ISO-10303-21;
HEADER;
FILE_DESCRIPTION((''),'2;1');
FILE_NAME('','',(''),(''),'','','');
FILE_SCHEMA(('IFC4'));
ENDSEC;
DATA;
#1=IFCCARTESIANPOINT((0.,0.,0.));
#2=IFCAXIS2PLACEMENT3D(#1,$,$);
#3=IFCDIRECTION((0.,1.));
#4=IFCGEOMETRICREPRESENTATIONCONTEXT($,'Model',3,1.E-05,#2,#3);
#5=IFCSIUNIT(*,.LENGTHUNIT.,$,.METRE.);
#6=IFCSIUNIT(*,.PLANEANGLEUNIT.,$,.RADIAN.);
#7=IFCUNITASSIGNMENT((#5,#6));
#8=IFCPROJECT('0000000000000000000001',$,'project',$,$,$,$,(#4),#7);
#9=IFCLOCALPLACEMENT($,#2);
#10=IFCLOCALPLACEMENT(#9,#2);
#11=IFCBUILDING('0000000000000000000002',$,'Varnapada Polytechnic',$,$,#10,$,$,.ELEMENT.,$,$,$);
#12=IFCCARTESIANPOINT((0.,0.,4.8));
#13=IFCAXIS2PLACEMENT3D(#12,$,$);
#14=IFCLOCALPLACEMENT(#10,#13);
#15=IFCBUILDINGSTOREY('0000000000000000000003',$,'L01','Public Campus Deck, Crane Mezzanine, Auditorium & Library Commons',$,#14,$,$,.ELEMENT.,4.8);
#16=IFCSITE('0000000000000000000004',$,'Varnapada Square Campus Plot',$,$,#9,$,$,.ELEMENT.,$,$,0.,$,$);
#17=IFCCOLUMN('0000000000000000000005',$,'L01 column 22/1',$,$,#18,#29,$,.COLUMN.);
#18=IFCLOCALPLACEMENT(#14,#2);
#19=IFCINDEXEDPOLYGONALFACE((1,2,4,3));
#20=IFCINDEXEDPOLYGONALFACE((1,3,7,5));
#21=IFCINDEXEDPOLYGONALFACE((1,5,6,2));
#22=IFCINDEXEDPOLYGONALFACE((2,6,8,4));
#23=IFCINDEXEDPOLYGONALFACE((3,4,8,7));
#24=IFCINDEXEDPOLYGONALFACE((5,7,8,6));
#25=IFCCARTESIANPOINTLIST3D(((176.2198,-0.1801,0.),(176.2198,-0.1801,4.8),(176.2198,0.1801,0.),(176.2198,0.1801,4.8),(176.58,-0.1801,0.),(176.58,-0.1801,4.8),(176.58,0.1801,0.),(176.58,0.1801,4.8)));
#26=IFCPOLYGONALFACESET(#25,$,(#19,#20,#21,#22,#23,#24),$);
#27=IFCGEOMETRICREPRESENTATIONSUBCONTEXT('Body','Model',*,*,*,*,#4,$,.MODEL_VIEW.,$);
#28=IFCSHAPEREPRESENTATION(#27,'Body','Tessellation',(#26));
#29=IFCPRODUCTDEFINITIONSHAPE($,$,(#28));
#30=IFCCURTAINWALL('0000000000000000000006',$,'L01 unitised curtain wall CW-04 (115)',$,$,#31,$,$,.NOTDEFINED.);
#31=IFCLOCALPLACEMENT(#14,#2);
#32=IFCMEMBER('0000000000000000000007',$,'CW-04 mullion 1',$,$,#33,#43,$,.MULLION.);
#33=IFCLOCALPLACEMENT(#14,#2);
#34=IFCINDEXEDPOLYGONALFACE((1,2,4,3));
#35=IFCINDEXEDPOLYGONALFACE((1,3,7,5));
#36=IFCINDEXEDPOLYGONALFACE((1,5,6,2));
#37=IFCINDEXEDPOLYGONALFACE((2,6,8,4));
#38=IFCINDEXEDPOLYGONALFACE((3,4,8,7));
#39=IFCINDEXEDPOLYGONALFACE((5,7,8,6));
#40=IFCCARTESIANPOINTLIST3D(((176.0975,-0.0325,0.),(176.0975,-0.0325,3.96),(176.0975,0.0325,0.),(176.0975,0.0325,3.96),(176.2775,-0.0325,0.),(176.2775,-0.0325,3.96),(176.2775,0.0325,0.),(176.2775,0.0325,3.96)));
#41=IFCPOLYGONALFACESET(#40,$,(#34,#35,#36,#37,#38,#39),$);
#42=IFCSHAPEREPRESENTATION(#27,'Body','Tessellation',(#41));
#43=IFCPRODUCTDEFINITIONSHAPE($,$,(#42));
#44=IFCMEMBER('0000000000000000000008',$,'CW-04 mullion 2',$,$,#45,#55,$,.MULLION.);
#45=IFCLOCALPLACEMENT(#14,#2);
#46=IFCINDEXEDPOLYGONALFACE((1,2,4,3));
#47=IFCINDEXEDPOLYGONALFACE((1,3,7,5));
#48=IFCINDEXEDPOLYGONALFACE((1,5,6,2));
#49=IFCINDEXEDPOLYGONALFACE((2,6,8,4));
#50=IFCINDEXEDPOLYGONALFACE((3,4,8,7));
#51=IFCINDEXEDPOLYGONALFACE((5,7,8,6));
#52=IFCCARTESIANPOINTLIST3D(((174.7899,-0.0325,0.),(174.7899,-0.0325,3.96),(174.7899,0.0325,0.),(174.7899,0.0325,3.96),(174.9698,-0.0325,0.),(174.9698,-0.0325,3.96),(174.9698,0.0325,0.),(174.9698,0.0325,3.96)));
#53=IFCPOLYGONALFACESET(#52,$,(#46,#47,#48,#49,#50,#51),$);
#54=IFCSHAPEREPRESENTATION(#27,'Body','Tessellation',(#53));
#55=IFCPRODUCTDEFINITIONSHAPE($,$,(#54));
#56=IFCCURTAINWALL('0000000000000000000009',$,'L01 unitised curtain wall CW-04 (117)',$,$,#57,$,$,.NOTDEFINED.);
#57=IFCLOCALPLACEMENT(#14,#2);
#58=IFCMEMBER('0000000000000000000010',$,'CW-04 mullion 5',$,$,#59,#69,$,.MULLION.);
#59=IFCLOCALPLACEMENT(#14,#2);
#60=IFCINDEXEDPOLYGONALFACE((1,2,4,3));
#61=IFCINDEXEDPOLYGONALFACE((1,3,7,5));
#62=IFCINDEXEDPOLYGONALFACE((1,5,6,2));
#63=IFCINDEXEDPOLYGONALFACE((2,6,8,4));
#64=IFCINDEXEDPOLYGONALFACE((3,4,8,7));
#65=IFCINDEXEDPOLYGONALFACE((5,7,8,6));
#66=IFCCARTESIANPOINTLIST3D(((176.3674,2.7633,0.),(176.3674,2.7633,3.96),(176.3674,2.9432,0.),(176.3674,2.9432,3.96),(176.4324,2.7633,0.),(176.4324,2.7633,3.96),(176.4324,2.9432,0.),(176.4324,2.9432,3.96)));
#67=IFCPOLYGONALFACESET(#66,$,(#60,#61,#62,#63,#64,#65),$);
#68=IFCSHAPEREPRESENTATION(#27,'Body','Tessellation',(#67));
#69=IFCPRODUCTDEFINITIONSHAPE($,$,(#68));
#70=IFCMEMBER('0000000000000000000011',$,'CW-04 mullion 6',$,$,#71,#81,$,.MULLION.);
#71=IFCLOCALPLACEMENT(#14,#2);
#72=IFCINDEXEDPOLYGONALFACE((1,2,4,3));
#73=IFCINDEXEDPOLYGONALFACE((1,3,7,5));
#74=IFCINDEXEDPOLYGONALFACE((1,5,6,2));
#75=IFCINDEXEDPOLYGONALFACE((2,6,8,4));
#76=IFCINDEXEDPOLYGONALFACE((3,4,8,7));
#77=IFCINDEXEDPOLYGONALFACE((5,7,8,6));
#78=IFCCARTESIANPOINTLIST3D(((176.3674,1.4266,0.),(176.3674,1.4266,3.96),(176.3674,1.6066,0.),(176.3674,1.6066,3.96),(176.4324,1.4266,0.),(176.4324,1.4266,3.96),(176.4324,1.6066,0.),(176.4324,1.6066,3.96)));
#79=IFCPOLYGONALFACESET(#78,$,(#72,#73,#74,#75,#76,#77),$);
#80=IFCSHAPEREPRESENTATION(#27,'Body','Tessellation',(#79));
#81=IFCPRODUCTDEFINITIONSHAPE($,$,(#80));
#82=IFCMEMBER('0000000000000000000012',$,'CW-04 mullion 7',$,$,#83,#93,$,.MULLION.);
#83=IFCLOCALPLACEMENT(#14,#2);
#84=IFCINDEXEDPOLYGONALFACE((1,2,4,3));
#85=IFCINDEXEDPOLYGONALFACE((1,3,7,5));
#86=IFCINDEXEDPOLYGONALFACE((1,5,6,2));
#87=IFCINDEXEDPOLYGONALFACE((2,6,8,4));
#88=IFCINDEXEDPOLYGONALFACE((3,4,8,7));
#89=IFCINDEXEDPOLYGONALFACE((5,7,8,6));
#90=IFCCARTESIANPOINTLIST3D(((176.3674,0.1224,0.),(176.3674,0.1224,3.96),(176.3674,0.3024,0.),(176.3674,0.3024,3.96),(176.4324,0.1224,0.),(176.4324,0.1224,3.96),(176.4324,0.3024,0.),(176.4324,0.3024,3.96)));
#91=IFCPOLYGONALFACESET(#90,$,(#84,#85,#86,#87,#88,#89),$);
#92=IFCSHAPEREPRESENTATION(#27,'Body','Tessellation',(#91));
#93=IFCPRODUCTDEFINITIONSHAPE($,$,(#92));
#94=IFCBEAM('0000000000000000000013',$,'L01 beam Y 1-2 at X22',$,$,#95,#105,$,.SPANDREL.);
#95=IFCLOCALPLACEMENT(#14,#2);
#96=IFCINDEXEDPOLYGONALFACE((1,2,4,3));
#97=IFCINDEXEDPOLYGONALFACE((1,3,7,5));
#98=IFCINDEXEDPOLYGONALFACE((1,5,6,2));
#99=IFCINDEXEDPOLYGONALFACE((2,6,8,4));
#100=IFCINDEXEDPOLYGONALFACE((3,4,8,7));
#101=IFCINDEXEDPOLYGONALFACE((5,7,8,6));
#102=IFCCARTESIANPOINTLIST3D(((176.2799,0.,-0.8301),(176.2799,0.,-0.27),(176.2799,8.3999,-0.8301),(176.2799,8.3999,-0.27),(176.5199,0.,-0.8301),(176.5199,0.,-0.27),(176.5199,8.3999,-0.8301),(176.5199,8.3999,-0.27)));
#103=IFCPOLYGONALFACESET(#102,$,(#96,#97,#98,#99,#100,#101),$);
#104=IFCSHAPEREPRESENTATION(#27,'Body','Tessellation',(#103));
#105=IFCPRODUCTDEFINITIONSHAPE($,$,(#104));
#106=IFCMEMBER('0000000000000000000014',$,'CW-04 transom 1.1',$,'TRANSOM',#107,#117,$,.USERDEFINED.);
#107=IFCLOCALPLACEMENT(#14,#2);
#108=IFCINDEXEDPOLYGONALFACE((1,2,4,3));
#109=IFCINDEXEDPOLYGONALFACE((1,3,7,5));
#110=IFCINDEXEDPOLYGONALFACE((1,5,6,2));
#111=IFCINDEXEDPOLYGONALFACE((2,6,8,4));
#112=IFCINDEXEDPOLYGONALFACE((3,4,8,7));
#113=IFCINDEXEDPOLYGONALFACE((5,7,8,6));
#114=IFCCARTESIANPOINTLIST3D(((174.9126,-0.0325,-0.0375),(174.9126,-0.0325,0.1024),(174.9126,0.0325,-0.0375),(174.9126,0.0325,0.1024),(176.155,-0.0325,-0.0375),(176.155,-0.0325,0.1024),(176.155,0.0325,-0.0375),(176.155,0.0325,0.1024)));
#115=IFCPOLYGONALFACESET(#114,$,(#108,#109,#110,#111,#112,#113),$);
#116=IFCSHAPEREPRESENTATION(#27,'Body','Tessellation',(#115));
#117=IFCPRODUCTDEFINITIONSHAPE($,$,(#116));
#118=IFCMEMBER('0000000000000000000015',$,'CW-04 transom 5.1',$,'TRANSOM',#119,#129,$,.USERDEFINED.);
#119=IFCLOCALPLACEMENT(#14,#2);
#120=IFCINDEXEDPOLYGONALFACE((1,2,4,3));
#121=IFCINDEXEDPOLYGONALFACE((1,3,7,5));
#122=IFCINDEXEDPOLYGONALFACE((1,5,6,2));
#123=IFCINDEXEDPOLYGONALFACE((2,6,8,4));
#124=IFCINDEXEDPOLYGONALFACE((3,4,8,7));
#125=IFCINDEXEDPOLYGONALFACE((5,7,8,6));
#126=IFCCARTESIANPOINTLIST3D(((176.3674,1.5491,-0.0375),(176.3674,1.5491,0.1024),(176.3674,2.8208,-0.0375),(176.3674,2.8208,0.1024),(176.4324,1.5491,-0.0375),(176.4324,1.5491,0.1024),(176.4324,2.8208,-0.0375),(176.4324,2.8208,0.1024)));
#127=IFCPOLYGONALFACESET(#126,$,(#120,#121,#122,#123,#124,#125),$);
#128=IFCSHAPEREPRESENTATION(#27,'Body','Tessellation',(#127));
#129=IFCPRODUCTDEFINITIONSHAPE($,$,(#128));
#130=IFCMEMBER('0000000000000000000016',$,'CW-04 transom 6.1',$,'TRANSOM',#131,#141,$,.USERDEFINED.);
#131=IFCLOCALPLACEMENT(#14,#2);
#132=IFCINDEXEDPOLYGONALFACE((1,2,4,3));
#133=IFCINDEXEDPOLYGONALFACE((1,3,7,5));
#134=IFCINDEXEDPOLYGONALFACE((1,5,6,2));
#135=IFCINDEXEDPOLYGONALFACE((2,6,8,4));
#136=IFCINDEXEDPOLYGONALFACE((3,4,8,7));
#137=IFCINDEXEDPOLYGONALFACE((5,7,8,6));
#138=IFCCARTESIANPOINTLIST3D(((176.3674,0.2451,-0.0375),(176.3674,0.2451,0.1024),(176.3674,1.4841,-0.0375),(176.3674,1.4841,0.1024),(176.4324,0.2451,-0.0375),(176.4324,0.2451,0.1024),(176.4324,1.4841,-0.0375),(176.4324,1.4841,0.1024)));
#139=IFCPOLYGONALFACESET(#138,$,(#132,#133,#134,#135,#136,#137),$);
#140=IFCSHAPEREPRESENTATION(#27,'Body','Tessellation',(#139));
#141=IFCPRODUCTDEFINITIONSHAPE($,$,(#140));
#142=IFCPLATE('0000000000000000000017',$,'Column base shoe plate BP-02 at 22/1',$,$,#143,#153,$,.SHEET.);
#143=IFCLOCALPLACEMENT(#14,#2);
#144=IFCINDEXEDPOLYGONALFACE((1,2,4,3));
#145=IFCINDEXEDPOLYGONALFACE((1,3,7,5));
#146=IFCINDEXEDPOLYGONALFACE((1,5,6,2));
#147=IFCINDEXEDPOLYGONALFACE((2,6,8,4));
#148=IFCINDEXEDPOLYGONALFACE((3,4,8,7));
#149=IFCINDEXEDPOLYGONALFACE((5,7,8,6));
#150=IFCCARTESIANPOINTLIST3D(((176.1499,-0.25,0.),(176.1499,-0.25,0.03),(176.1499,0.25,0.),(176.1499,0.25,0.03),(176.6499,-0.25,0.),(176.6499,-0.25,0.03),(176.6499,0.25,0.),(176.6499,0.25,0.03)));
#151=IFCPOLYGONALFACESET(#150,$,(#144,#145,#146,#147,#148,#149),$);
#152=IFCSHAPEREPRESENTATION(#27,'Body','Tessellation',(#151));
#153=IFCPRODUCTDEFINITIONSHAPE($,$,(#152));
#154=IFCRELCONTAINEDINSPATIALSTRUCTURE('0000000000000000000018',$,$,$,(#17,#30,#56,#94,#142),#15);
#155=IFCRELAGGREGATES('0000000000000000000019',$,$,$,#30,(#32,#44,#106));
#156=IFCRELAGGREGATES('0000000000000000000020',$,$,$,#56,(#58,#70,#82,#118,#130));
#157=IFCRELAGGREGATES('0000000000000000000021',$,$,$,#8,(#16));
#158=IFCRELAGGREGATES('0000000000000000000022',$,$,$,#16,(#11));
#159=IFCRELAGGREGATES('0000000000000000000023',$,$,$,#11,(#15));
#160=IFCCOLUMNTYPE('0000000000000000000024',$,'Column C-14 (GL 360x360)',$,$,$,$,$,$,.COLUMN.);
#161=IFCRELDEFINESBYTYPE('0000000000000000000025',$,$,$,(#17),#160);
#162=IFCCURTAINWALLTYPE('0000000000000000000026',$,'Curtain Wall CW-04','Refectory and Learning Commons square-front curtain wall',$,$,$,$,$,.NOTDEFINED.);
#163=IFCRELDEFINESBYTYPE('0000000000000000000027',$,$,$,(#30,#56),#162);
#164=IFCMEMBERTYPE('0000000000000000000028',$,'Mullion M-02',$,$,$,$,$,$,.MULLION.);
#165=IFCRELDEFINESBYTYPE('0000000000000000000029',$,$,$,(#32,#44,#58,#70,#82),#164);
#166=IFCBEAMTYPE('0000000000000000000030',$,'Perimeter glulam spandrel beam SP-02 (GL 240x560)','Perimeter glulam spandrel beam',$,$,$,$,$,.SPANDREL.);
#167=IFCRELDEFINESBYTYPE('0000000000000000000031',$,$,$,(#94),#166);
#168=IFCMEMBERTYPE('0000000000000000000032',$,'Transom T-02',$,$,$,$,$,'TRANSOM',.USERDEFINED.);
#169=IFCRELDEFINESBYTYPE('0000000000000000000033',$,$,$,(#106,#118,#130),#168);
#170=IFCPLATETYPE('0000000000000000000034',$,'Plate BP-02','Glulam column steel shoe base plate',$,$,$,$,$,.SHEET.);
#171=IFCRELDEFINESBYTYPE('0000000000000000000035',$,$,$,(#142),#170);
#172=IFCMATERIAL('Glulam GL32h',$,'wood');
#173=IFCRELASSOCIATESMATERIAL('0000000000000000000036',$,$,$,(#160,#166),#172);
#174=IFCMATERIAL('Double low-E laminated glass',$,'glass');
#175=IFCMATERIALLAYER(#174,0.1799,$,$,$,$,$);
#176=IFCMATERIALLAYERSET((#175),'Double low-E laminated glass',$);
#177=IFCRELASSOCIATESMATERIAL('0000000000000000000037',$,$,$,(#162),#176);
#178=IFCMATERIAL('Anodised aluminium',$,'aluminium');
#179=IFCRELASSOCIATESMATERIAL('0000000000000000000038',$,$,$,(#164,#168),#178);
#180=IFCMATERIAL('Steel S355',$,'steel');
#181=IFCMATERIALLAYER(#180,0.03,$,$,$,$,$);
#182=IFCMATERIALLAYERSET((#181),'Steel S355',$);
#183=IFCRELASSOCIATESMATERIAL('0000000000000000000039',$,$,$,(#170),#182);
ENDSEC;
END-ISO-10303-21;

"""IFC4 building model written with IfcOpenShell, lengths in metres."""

from ifc_helpers import new_model, si_unit, direction, frame, origin, origin_2d, place, context, subcontext, project, spatial, rectangle, extrude, material, layer, layer_set, material_profile, profile_set, type_object, element, aggregate, save


model = new_model("IFC4")

# Units and contexts
model_context = context("Model", 3, precision=1e-05, world=origin(), true_north=direction((0.0, 1.0)))
body_context = subcontext(model_context, "Body", "Model", "MODEL_VIEW")
ifc_project = project(units=[si_unit("LENGTHUNIT", "METRE"), si_unit("PLANEANGLEUNIT", "RADIAN")], contexts=[model_context])

# Site, building, storey
site_placement = place(None, origin())
site = spatial("IfcSite", under=ifc_project, at=site_placement, Name="Varnapada Square Campus Plot", CompositionType="ELEMENT", RefElevation=0.0)
building_placement = place(site_placement, origin())
building = spatial("IfcBuilding", under=site, at=building_placement, Name="Varnapada Polytechnic", CompositionType="ELEMENT")
storey_placement = place(building_placement, frame((0.0, 0.0, 4.8)))
storey = spatial("IfcBuildingStorey", under=building, at=storey_placement, Name="L01", Description="Public Campus Deck, Crane Mezzanine, Auditorium & Library Commons", CompositionType="ELEMENT", Elevation=4.8)

# Column
ifc_material_1 = material(Name="Glulam GL32h", Category="wood")
ifc_material_profile_1 = material_profile(ifc_material_1, rectangle(XDim=0.3601, YDim=0.3601, at=origin_2d()), Name="GL 360x360")
ifc_profile_set_1 = profile_set([ifc_material_profile_1], Name="Glulam GL32h")
column_type = type_object("IfcColumnType", Name="Column C-14 (GL 360x360)", PredefinedType="COLUMN", material=ifc_profile_set_1)
column_placement = place(storey_placement, frame((176.3999, 0.0, 0.0), z_axis=(0.0, 0.0, 1.0), x_axis=(1.0, 0.0, 0.0)))
element("IfcColumn", 1, at=column_placement, inside=storey, type_object=column_type, Name="L01 column 22/1", PredefinedType="COLUMN", context=body_context, shape_type="SweptSolid", body=[
    extrude(rectangle(XDim=0.3601, YDim=0.3601, at=origin_2d()), origin(), (0.0, 0.0, 1.0), 4.8),
])

# Curtain walls, members
ifc_material_2 = material(Name="Double low-E laminated glass", Category="glass")
ifc_layer_1 = layer(ifc_material_2, 0.1799)
ifc_layer_set_1 = layer_set([ifc_layer_1], Name="Double low-E laminated glass")
curtain_wall_type = type_object("IfcCurtainWallType", Name="Curtain Wall CW-04", Description="Refectory and Learning Commons square-front curtain wall", PredefinedType="NOTDEFINED", material=ifc_layer_set_1)
curtain_wall_1_placement = place(storey_placement, origin())
curtain_wall_1 = element("IfcCurtainWall", 2, at=curtain_wall_1_placement, inside=storey, type_object=curtain_wall_type, Name="L01 unitised curtain wall CW-04 (115)", PredefinedType="NOTDEFINED")
ifc_material_3 = material(Name="Anodised aluminium", Category="aluminium")
ifc_material_profile_2 = material_profile(ifc_material_3, rectangle(XDim=0.0649, YDim=0.1799, at=origin_2d()), Name="ALU M65x180")
ifc_profile_set_2 = profile_set([ifc_material_profile_2], Name="Anodised aluminium")
member_type_1 = type_object("IfcMemberType", Name="Mullion M-02", PredefinedType="MULLION", material=ifc_profile_set_2)
member_1_placement = place(storey_placement, frame((176.1875, 0.0, 0.0), z_axis=(0.0, 0.0, 1.0), x_axis=(0.0, -1.0, 0.0)))
member_1 = element("IfcMember", 3, at=member_1_placement, type_object=member_type_1, Name="CW-04 mullion 1", PredefinedType="MULLION", context=body_context, shape_type="SweptSolid", body=[
    extrude(rectangle(XDim=0.0649, YDim=0.1799, at=origin_2d()), origin(), (0.0, 0.0, 1.0), 3.96),
])
member_2_placement = place(storey_placement, frame((174.8799, 0.0, 0.0), z_axis=(0.0, 0.0, 1.0), x_axis=(0.0, -1.0, 0.0)))
member_2 = element("IfcMember", 4, at=member_2_placement, type_object=member_type_1, Name="CW-04 mullion 2", PredefinedType="MULLION", context=body_context, shape_type="SweptSolid", body=[
    extrude(rectangle(XDim=0.0649, YDim=0.1799, at=origin_2d()), origin(), (0.0, 0.0, 1.0), 3.96),
])
curtain_wall_2_placement = place(storey_placement, origin())
curtain_wall_2 = element("IfcCurtainWall", 5, at=curtain_wall_2_placement, inside=storey, type_object=curtain_wall_type, Name="L01 unitised curtain wall CW-04 (117)", PredefinedType="NOTDEFINED")
member_3_placement = place(storey_placement, frame((176.3999, 2.8533, 0.0), z_axis=(0.0, 0.0, 1.0), x_axis=(1.0, 0.0, 0.0)))
member_3 = element("IfcMember", 6, at=member_3_placement, type_object=member_type_1, Name="CW-04 mullion 5", PredefinedType="MULLION", context=body_context, shape_type="SweptSolid", body=[
    extrude(rectangle(XDim=0.0649, YDim=0.1799, at=origin_2d()), origin(), (0.0, 0.0, 1.0), 3.96),
])
member_4_placement = place(storey_placement, frame((176.3999, 1.5166, 0.0), z_axis=(0.0, 0.0, 1.0), x_axis=(1.0, 0.0, 0.0)))
member_4 = element("IfcMember", 7, at=member_4_placement, type_object=member_type_1, Name="CW-04 mullion 6", PredefinedType="MULLION", context=body_context, shape_type="SweptSolid", body=[
    extrude(rectangle(XDim=0.0649, YDim=0.1799, at=origin_2d()), origin(), (0.0, 0.0, 1.0), 3.96),
])
member_5_placement = place(storey_placement, frame((176.3999, 0.2124, 0.0), z_axis=(0.0, 0.0, 1.0), x_axis=(1.0, 0.0, 0.0)))
member_5 = element("IfcMember", 8, at=member_5_placement, type_object=member_type_1, Name="CW-04 mullion 7", PredefinedType="MULLION", context=body_context, shape_type="SweptSolid", body=[
    extrude(rectangle(XDim=0.0649, YDim=0.1799, at=origin_2d()), origin(), (0.0, 0.0, 1.0), 3.96),
])

# Beam
ifc_material_profile_3 = material_profile(ifc_material_1, rectangle(XDim=0.24, YDim=0.5601, at=origin_2d()), Name="GL 240x560")
ifc_profile_set_3 = profile_set([ifc_material_profile_3], Name="Glulam GL32h")
beam_type = type_object("IfcBeamType", Name="Perimeter glulam spandrel beam SP-02 (GL 240x560)", Description="Perimeter glulam spandrel beam", PredefinedType="SPANDREL", material=ifc_profile_set_3)
beam_placement = place(storey_placement, frame((176.3999, 0.0, -0.55), z_axis=(0.0, 1.0, 0.0), x_axis=(-1.0, 0.0, 0.0)))
element("IfcBeam", 9, at=beam_placement, inside=storey, type_object=beam_type, Name="L01 beam Y 1-2 at X22", PredefinedType="SPANDREL", context=body_context, shape_type="SweptSolid", body=[
    extrude(rectangle(XDim=0.24, YDim=0.5601, at=origin_2d()), origin(), (0.0, 0.0, 1.0), 8.3999),
])

# Members
ifc_material_profile_4 = material_profile(ifc_material_3, rectangle(XDim=0.0649, YDim=0.1399, at=origin_2d()), Name="ALU T65x140")
ifc_profile_set_4 = profile_set([ifc_material_profile_4], Name="Anodised aluminium")
member_type_2 = type_object("IfcMemberType", Name="Transom T-02", ElementType="TRANSOM", PredefinedType="USERDEFINED", material=ifc_profile_set_4)
member_6_placement = place(storey_placement, frame((176.155, 0.0, 0.0325), z_axis=(-1.0, 0.0, 0.0), x_axis=(0.0, -1.0, 0.0)))
member_6 = element("IfcMember", 10, at=member_6_placement, type_object=member_type_2, Name="CW-04 transom 1.1", ObjectType="TRANSOM", PredefinedType="USERDEFINED", context=body_context, shape_type="SweptSolid", body=[
    extrude(rectangle(XDim=0.0649, YDim=0.1399, at=origin_2d()), origin(), (0.0, 0.0, 1.0), 1.2424),
])
aggregate(curtain_wall_1, [member_1, member_2, member_6])
member_7_placement = place(storey_placement, frame((176.3999, 2.8208, 0.0325), z_axis=(0.0, -1.0, 0.0), x_axis=(1.0, 0.0, 0.0)))
member_7 = element("IfcMember", 11, at=member_7_placement, type_object=member_type_2, Name="CW-04 transom 5.1", ObjectType="TRANSOM", PredefinedType="USERDEFINED", context=body_context, shape_type="SweptSolid", body=[
    extrude(rectangle(XDim=0.0649, YDim=0.1399, at=origin_2d()), origin(), (0.0, 0.0, 1.0), 1.2717),
])
member_8_placement = place(storey_placement, frame((176.3999, 1.4841, 0.0325), z_axis=(0.0, -1.0, 0.0), x_axis=(1.0, 0.0, 0.0)))
member_8 = element("IfcMember", 12, at=member_8_placement, type_object=member_type_2, Name="CW-04 transom 6.1", ObjectType="TRANSOM", PredefinedType="USERDEFINED", context=body_context, shape_type="SweptSolid", body=[
    extrude(rectangle(XDim=0.0649, YDim=0.1399, at=origin_2d()), origin(), (0.0, 0.0, 1.0), 1.239),
])
aggregate(curtain_wall_2, [member_3, member_4, member_5, member_7, member_8])

# Plate
ifc_material_4 = material(Name="Steel S355", Category="steel")
ifc_layer_2 = layer(ifc_material_4, 0.03)
ifc_layer_set_2 = layer_set([ifc_layer_2], Name="Steel S355")
plate_type = type_object("IfcPlateType", Name="Plate BP-02", Description="Glulam column steel shoe base plate", PredefinedType="SHEET", material=ifc_layer_set_2)
plate_placement = place(storey_placement, frame((176.3999, 0.0, 0.0), z_axis=(0.0, 0.0, 1.0), x_axis=(1.0, 0.0, 0.0)))
element("IfcPlate", 13, at=plate_placement, inside=storey, type_object=plate_type, Name="Column base shoe plate BP-02 at 22/1", PredefinedType="SHEET", context=body_context, shape_type="SweptSolid", body=[
    extrude(rectangle(XDim=0.5, YDim=0.5, at=origin_2d()), origin(), (0.0, 0.0, 1.0), 0.03),
])

save(model, "model.ifc")
